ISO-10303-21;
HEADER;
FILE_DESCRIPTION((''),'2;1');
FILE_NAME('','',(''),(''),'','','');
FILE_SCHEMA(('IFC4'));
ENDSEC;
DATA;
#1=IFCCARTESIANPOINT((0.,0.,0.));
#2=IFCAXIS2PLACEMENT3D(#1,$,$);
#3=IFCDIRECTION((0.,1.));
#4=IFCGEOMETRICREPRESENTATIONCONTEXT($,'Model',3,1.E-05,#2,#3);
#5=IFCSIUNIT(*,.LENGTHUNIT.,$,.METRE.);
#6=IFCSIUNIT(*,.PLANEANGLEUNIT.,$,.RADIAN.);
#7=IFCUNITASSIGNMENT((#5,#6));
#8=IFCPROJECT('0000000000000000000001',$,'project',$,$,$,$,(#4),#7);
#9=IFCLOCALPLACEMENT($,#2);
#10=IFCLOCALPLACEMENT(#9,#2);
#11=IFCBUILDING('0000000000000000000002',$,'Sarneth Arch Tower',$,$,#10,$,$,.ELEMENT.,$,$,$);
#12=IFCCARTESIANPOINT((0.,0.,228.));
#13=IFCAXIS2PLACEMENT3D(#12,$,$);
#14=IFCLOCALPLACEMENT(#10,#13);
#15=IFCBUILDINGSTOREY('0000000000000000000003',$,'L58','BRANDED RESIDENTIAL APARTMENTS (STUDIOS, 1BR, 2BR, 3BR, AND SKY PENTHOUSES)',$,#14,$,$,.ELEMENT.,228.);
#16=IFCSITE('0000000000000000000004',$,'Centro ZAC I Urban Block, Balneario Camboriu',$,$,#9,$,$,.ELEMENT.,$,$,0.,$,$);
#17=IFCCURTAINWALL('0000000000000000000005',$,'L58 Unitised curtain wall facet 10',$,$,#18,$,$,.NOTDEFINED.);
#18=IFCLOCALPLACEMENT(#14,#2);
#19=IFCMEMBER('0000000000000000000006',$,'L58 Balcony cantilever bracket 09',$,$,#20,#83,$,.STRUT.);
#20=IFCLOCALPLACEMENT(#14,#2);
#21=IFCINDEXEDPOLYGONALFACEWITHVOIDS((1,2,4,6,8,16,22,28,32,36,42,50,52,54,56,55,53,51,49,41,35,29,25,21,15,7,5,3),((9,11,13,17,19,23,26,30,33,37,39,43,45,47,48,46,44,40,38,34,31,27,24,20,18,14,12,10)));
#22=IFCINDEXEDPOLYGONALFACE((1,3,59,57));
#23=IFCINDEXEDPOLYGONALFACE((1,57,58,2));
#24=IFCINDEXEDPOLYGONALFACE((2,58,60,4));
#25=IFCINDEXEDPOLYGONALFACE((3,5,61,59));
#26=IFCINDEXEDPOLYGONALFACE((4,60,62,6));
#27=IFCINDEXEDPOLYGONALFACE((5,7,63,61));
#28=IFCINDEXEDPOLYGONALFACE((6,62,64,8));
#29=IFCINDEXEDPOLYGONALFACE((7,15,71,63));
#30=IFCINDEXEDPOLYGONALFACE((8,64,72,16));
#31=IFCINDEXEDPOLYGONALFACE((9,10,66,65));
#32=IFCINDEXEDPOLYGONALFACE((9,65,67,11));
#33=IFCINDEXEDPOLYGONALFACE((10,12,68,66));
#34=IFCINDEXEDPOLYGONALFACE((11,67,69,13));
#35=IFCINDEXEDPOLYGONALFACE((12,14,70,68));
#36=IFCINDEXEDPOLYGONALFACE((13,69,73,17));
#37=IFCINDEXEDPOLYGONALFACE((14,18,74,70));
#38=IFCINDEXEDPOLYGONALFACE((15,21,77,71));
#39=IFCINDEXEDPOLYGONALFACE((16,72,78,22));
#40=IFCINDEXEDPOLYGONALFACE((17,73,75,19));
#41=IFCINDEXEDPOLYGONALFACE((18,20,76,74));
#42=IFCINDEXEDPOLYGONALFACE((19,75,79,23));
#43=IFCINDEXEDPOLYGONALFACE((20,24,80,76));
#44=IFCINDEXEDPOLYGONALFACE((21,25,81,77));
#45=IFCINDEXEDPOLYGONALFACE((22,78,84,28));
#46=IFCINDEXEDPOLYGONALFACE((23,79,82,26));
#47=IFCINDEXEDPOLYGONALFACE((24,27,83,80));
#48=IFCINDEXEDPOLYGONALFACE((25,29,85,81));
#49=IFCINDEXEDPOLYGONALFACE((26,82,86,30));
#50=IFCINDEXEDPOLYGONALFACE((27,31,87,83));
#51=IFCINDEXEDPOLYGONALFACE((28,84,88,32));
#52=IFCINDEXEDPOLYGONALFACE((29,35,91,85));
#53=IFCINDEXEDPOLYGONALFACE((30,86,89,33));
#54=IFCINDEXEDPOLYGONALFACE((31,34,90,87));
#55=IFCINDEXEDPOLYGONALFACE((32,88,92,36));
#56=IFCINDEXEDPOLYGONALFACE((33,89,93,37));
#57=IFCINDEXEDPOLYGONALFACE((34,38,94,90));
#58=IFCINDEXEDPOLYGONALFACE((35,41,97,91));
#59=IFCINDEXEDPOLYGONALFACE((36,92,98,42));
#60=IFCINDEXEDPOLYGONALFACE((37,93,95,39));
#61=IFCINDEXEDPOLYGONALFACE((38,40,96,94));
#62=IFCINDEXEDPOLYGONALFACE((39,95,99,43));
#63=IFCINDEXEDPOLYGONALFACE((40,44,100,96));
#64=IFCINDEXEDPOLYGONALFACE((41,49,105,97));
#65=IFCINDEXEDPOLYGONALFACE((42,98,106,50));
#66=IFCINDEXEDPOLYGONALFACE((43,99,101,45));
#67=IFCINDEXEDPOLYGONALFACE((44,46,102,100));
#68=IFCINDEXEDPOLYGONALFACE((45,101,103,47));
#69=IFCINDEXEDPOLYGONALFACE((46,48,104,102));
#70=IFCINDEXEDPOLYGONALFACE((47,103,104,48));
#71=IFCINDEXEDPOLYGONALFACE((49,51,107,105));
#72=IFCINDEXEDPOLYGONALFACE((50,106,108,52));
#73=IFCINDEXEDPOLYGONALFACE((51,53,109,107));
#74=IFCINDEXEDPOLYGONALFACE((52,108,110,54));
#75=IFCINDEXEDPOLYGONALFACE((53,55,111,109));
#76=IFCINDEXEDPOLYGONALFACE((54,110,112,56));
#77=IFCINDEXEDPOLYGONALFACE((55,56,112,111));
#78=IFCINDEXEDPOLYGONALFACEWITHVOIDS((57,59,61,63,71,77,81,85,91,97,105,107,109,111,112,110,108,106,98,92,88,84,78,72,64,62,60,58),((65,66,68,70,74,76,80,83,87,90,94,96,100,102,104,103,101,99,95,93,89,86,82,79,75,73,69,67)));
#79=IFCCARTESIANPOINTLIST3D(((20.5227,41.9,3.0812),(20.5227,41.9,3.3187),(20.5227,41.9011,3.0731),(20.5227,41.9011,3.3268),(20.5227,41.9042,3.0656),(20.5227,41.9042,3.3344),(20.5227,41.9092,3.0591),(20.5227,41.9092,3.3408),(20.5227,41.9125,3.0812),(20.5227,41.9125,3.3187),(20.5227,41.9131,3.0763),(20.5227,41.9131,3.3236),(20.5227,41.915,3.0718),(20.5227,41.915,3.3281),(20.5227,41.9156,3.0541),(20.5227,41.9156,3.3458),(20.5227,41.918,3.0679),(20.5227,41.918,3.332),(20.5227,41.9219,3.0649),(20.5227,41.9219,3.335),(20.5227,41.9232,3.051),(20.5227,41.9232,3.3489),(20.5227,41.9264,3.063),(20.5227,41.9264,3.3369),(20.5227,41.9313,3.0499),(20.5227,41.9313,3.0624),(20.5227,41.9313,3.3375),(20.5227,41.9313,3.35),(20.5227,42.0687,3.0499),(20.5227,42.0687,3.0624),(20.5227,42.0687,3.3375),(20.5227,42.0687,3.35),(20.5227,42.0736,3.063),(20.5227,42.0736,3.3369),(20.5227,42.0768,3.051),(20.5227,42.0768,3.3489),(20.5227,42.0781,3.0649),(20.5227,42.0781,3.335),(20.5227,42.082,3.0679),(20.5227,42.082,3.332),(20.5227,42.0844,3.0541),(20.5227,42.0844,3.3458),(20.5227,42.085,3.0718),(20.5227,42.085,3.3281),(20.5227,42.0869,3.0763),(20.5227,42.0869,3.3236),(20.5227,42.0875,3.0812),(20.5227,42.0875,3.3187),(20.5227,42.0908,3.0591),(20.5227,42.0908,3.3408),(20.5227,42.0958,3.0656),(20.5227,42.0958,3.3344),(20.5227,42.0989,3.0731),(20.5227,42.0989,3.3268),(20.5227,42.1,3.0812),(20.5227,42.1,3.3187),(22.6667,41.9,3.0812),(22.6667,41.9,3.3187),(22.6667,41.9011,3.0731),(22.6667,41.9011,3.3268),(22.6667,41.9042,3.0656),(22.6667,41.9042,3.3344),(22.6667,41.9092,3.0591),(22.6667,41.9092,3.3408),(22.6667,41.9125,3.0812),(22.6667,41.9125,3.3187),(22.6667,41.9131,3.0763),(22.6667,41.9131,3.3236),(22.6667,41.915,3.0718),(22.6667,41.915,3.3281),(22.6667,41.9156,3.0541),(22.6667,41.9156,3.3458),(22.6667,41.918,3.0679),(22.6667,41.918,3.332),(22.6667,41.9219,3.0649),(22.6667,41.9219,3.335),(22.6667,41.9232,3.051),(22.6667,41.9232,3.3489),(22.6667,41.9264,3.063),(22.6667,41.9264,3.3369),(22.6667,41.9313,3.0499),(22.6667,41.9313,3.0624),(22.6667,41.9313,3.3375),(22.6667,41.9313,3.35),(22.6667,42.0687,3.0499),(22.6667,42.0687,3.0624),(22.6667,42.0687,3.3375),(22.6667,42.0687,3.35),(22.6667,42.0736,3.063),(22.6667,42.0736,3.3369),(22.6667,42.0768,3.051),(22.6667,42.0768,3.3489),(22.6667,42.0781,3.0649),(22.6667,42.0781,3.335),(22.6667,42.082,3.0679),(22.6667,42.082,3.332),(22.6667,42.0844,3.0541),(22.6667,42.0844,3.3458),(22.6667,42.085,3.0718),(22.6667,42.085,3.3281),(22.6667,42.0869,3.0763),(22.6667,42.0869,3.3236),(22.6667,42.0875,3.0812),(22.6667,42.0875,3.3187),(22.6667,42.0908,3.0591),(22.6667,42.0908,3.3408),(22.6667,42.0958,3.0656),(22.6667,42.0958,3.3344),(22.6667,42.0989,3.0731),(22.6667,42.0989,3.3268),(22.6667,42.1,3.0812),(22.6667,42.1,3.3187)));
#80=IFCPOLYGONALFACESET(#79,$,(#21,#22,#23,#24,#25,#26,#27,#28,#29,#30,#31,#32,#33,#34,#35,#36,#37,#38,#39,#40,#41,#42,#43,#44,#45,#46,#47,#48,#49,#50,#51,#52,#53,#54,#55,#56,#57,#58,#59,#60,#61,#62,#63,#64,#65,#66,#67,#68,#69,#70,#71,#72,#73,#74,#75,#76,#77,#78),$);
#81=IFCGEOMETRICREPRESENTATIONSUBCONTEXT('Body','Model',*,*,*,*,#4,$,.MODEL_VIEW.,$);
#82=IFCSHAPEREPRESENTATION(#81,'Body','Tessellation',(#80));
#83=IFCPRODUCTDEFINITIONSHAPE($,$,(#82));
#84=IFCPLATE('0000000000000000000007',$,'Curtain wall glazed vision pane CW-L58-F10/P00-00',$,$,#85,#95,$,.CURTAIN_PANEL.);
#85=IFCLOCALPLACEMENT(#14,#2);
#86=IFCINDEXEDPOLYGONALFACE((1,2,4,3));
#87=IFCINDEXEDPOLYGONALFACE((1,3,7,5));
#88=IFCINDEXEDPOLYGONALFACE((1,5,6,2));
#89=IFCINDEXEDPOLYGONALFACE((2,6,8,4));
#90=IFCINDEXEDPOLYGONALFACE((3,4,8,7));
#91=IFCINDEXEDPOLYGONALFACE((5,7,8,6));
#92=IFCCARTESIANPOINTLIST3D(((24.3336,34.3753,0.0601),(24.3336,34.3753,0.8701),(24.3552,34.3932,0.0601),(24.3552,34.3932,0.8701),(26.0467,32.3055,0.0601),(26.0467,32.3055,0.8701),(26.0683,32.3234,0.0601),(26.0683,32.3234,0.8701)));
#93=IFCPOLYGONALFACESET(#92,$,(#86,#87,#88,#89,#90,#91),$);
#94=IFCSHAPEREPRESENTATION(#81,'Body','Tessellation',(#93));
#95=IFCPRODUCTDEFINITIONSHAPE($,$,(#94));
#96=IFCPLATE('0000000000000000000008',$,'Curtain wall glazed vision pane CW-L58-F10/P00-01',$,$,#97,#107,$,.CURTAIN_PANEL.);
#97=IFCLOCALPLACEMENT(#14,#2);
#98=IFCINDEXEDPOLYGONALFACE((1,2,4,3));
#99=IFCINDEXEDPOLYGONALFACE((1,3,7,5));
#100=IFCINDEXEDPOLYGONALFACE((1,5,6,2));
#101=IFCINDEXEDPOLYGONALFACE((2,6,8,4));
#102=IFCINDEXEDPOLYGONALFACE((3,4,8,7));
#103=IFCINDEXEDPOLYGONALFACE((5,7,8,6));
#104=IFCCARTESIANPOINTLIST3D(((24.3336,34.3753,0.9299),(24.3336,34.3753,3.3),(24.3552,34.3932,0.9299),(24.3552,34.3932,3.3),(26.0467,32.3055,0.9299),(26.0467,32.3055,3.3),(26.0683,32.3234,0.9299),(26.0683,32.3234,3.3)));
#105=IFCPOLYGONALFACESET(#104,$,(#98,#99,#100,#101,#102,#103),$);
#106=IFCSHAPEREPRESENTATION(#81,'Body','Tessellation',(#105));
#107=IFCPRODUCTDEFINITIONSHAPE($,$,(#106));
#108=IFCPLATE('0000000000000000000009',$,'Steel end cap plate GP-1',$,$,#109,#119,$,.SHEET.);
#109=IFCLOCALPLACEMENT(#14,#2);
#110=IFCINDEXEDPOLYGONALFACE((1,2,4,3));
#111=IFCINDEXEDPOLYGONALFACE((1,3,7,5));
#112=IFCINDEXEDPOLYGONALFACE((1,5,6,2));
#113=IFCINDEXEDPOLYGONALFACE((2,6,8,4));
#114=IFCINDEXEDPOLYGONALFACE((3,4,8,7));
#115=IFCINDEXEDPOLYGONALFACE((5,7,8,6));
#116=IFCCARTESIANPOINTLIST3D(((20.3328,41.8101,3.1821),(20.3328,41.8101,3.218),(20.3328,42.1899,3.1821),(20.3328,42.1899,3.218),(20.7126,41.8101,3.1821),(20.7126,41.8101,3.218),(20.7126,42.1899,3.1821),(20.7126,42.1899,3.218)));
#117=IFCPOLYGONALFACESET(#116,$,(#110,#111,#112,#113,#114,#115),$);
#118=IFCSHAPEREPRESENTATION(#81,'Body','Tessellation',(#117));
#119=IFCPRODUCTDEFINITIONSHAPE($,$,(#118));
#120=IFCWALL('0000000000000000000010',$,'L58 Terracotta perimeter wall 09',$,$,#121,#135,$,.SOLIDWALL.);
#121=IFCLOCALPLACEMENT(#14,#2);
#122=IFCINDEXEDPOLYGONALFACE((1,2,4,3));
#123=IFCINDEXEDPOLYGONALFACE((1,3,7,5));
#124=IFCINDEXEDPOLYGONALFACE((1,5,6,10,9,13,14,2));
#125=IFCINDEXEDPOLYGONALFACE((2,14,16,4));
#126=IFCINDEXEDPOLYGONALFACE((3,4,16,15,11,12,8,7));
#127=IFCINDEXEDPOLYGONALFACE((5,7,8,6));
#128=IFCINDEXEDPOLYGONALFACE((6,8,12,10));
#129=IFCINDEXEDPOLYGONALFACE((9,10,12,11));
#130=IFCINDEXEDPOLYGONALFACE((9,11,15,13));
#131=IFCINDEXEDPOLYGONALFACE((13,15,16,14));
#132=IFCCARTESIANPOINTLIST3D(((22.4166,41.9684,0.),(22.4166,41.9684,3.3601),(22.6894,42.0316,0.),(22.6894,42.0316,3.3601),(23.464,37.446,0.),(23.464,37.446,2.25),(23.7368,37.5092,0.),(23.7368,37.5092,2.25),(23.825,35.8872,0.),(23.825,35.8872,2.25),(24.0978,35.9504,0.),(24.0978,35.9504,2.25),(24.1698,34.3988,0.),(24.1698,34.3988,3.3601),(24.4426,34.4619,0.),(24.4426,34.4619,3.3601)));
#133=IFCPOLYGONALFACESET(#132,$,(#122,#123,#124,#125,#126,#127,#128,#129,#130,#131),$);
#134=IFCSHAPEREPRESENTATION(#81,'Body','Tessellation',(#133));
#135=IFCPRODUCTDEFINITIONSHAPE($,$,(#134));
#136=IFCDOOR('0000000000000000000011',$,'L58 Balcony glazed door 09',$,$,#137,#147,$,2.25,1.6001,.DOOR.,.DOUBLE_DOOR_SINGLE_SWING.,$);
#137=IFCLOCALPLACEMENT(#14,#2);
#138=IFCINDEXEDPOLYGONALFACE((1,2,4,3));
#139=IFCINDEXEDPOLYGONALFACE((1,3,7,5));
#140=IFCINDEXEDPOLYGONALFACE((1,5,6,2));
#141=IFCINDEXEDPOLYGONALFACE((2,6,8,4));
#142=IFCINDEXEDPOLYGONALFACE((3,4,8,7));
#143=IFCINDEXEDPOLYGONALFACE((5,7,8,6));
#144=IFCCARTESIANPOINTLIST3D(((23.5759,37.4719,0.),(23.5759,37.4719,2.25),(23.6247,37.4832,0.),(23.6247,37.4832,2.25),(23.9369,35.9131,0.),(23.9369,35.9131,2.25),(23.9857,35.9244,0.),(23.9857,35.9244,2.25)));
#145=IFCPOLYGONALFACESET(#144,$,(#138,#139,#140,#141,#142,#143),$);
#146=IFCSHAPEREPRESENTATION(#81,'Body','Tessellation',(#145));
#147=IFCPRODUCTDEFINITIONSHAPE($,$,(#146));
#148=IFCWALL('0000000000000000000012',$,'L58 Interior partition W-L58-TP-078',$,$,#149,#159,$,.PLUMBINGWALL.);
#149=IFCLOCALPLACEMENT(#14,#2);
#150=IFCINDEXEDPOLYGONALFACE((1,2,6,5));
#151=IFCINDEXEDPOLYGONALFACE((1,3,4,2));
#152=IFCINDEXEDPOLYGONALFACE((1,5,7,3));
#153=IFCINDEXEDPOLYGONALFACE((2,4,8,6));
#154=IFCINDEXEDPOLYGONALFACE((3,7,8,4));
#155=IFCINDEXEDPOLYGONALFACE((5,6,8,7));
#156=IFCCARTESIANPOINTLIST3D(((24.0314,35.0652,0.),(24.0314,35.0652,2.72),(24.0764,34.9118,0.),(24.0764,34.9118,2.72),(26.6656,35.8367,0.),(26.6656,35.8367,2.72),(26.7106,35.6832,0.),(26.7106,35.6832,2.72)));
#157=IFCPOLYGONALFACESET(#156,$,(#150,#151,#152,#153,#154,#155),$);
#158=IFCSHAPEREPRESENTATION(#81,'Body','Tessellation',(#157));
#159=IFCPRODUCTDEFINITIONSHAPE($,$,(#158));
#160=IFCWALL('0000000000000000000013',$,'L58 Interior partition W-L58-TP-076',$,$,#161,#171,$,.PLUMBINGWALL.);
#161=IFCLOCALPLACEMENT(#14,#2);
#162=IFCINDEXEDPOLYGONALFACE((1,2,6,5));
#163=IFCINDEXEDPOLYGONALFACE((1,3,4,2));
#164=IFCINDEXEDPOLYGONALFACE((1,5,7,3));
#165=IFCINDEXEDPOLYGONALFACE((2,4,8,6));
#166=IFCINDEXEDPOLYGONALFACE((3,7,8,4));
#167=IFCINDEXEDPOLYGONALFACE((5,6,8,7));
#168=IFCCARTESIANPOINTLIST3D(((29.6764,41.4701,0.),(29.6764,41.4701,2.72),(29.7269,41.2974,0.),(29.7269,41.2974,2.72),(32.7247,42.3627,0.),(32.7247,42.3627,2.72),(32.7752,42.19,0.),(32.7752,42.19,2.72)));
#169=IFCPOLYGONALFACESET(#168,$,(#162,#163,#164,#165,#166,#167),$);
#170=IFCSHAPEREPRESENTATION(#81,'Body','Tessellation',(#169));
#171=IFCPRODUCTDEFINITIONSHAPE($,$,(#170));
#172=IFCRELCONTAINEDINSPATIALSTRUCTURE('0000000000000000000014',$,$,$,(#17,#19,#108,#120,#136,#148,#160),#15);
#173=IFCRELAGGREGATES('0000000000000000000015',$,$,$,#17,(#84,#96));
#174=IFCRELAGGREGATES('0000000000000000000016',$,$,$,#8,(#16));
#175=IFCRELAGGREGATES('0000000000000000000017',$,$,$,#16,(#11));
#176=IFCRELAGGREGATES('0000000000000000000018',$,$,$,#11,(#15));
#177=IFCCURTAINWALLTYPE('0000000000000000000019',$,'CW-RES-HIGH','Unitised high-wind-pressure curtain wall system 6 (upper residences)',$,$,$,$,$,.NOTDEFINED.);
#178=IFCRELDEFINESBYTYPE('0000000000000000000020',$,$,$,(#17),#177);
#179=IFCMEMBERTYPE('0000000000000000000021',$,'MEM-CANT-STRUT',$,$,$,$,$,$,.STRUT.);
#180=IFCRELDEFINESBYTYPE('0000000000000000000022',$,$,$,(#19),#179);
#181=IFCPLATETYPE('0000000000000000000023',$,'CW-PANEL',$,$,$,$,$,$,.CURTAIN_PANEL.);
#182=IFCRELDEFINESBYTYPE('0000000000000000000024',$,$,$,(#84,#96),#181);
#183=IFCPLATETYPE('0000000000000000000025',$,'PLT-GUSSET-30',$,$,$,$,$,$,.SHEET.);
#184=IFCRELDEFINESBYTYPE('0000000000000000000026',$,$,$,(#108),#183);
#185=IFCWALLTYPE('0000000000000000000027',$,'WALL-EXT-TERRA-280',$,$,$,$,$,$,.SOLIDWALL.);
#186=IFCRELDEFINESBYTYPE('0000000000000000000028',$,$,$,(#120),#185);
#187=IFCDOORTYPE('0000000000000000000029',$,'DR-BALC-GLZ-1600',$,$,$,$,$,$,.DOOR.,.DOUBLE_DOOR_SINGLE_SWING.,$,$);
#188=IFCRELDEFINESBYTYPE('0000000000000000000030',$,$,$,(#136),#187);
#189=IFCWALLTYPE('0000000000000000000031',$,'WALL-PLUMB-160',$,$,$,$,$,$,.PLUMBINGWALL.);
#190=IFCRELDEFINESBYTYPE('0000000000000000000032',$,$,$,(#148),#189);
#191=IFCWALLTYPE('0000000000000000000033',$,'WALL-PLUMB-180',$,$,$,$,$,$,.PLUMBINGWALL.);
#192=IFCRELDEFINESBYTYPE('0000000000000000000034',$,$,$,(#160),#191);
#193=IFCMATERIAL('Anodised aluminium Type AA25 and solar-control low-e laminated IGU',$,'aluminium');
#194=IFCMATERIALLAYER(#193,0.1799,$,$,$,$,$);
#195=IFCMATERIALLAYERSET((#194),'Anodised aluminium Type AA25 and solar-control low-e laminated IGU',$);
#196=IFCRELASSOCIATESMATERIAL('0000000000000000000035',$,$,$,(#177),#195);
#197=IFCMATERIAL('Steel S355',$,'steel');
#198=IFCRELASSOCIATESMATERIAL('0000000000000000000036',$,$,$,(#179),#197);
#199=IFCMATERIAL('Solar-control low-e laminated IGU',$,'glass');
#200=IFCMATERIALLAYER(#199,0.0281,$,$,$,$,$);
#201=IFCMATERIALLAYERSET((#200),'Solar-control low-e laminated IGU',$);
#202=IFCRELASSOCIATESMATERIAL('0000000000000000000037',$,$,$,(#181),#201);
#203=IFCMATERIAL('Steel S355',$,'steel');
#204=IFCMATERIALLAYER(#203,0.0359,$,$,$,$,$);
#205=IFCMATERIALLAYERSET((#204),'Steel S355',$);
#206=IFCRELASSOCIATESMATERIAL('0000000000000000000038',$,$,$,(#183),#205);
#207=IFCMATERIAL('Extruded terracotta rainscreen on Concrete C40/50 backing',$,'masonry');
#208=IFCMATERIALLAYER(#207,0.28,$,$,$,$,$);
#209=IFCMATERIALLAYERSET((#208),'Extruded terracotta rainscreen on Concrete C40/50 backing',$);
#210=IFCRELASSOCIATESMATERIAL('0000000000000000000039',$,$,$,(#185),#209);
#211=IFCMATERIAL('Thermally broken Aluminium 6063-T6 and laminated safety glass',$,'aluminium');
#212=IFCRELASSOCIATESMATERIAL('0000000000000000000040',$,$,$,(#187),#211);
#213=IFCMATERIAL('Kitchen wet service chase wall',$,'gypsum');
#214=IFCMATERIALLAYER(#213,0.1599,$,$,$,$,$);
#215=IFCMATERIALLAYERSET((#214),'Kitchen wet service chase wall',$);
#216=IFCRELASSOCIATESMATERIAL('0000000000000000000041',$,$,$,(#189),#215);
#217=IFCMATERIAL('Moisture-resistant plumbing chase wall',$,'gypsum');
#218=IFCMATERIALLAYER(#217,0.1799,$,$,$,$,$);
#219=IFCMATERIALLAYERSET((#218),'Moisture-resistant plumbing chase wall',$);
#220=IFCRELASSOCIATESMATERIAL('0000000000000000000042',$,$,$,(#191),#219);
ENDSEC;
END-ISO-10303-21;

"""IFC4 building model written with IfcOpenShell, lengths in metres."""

from ifc_helpers import new_model, si_unit, direction, frame, frame_2d, origin, origin_2d, place, context, subcontext, project, spatial, rectangle, hollow_rectangle, extrude, material, layer, layer_set, material_profile, profile_set, type_object, element, fill, aggregate, save


model = new_model("IFC4")

# Units and contexts
model_context = context("Model", 3, precision=1e-05, world=origin(), true_north=direction((0.0, 1.0)))
body_context = subcontext(model_context, "Body", "Model", "MODEL_VIEW")
ifc_project = project(units=[si_unit("LENGTHUNIT", "METRE"), si_unit("PLANEANGLEUNIT", "RADIAN")], contexts=[model_context])

# Site, building, storey
site_placement = place(None, origin())
site = spatial("IfcSite", under=ifc_project, at=site_placement, Name="Centro ZAC I Urban Block, Balneario Camboriu", CompositionType="ELEMENT", RefElevation=0.0)
building_placement = place(site_placement, origin())
building = spatial("IfcBuilding", under=site, at=building_placement, Name="Sarneth Arch Tower", CompositionType="ELEMENT")
storey_placement = place(building_placement, frame((0.0, 0.0, 228.0)))
storey = spatial("IfcBuildingStorey", under=building, at=storey_placement, Name="L58", Description="BRANDED RESIDENTIAL APARTMENTS (STUDIOS, 1BR, 2BR, 3BR, AND SKY PENTHOUSES)", CompositionType="ELEMENT", Elevation=228.0)

# Curtain wall
ifc_material_1 = material(Name="Anodised aluminium Type AA25 and solar-control low-e laminated IGU", Category="aluminium")
ifc_layer_1 = layer(ifc_material_1, 0.1799)
ifc_layer_set_1 = layer_set([ifc_layer_1], Name="Anodised aluminium Type AA25 and solar-control low-e laminated IGU")
curtain_wall_type = type_object("IfcCurtainWallType", Name="CW-RES-HIGH", Description="Unitised high-wind-pressure curtain wall system 6 (upper residences)", PredefinedType="NOTDEFINED", material=ifc_layer_set_1)
curtain_wall_placement = place(storey_placement, origin())
curtain_wall = element("IfcCurtainWall", 1, at=curtain_wall_placement, inside=storey, type_object=curtain_wall_type, Name="L58 Unitised curtain wall facet 10", PredefinedType="NOTDEFINED")

# Member
ifc_material_2 = material(Name="Steel S355", Category="steel")
ifc_material_profile_1 = material_profile(ifc_material_2, hollow_rectangle(XDim=0.2, YDim=0.3, WallThickness=0.0125, InnerFilletRadius=0.0188, OuterFilletRadius=0.0312, at=origin_2d()), Name="RHS300x200x12.5")
ifc_profile_set_1 = profile_set([ifc_material_profile_1], Name="Steel S355")
member_type_1 = type_object("IfcMemberType", Name="MEM-CANT-STRUT", PredefinedType="STRUT", material=ifc_profile_set_1)
member_1_placement = place(storey_placement, frame((22.6667, 42.0, 3.2), z_axis=(-1.0, 0.0, 0.0), x_axis=(0.0, -1.0, 0.0)))
element("IfcMember", 2, at=member_1_placement, inside=storey, type_object=member_type_1, Name="L58 Balcony cantilever bracket 09", PredefinedType="STRUT", context=body_context, shape_type="SweptSolid", body=[
    extrude(hollow_rectangle(XDim=0.2, YDim=0.3, WallThickness=0.0125, InnerFilletRadius=0.0188, OuterFilletRadius=0.0312, at=origin_2d()), origin(), (0.0, 0.0, 1.0), 2.144),
])

# Plates
ifc_material_3 = material(Name="Solar-control low-e laminated IGU", Category="glass")
ifc_layer_2 = layer(ifc_material_3, 0.0281)
ifc_layer_set_2 = layer_set([ifc_layer_2], Name="Solar-control low-e laminated IGU")
plate_type_1 = type_object("IfcPlateType", Name="CW-PANEL", PredefinedType="CURTAIN_PANEL", material=ifc_layer_set_2)
plate_1_placement = place(storey_placement, frame((25.2009, 33.3494, 0.0601), z_axis=(0.0, 0.0, 1.0), x_axis=(0.63761, -0.770359, 0.0)))
plate_1 = element("IfcPlate", 3, at=plate_1_placement, type_object=plate_type_1, Name="Curtain wall glazed vision pane CW-L58-F10/P00-00", PredefinedType="CURTAIN_PANEL", context=body_context, shape_type="SweptSolid", body=[
    extrude(rectangle(XDim=2.6868, YDim=0.0281, at=origin_2d()), origin(), (0.0, 0.0, 1.0), 0.8101),
])
plate_2_placement = place(storey_placement, frame((25.2009, 33.3494, 0.9299), z_axis=(0.0, 0.0, 1.0), x_axis=(0.63761, -0.770359, 0.0)))
plate_2 = element("IfcPlate", 4, at=plate_2_placement, type_object=plate_type_1, Name="Curtain wall glazed vision pane CW-L58-F10/P00-01", PredefinedType="CURTAIN_PANEL", context=body_context, shape_type="SweptSolid", body=[
    extrude(rectangle(XDim=2.6868, YDim=0.0281, at=origin_2d()), origin(), (0.0, 0.0, 1.0), 2.3701),
])
aggregate(curtain_wall, [plate_1, plate_2])
ifc_material_4 = material(Name="Steel S355", Category="steel")
ifc_layer_3 = layer(ifc_material_4, 0.0359)
ifc_layer_set_3 = layer_set([ifc_layer_3], Name="Steel S355")
plate_type_2 = type_object("IfcPlateType", Name="PLT-GUSSET-30", PredefinedType="SHEET", material=ifc_layer_set_3)
plate_3_placement = place(storey_placement, frame((20.5227, 42.0, 3.1821), z_axis=(0.0, 0.0, 1.0), x_axis=(-1.0, 0.0, 0.0)))
element("IfcPlate", 5, at=plate_3_placement, inside=storey, type_object=plate_type_2, Name="Steel end cap plate GP-1", PredefinedType="SHEET", context=body_context, shape_type="SweptSolid", body=[
    extrude(rectangle(XDim=0.3799, YDim=0.3799, at=origin_2d()), origin(), (0.0, 0.0, 1.0), 0.0359),
])

# Wall, opening, door
ifc_material_5 = material(Name="Extruded terracotta rainscreen on Concrete C40/50 backing", Category="masonry")
ifc_layer_4 = layer(ifc_material_5, 0.28)
ifc_layer_set_4 = layer_set([ifc_layer_4], Name="Extruded terracotta rainscreen on Concrete C40/50 backing")
wall_type_1 = type_object("IfcWallType", Name="WALL-EXT-TERRA-280", PredefinedType="SOLIDWALL", material=ifc_layer_set_4)
wall_1_placement = place(storey_placement, frame((22.553, 42.0, 0.0), z_axis=(0.0, 0.0, 1.0), x_axis=(0.225635, -0.974212, 0.0)))
wall_1 = element("IfcWall", 6, at=wall_1_placement, inside=storey, type_object=wall_type_1, Name="L58 Terracotta perimeter wall 09", PredefinedType="SOLIDWALL", context=body_context, shape_type="SweptSolid", body=[
    extrude(rectangle(XDim=7.77, YDim=0.28, at=frame_2d((3.885, 0.0))), origin(), (0.0, 0.0, 1.0), 3.3601),
])
opening_placement = place(wall_1_placement, frame((4.6421, 0.0, 0.0)))
opening = element("IfcOpeningElement", 7, at=opening_placement, cuts=wall_1, PredefinedType="OPENING", context=body_context, shape_type="SweptSolid", body=[
    extrude(rectangle(XDim=1.6001, YDim=2.25, at=frame_2d((0.8, 1.125))), frame((0.0, 0.1499, 0.0), z_axis=(0.0, -1.0, 0.0), x_axis=(1.0, 0.0, 0.0)), (0.0, 0.0, 1.0), 0.3),
])
ifc_material_6 = material(Name="Thermally broken Aluminium 6063-T6 and laminated safety glass", Category="aluminium")
door_type = type_object("IfcDoorType", Name="DR-BALC-GLZ-1600", OperationType="DOUBLE_DOOR_SINGLE_SWING", PredefinedType="DOOR", material=ifc_material_6)
door_placement = place(opening_placement, origin())
door = element("IfcDoor", 8, at=door_placement, inside=storey, type_object=door_type, Name="L58 Balcony glazed door 09", OperationType="DOUBLE_DOOR_SINGLE_SWING", OverallHeight=2.25, OverallWidth=1.6001, PredefinedType="DOOR", context=body_context, shape_type="SweptSolid", body=[
    extrude(rectangle(XDim=1.6001, YDim=2.25, at=frame_2d((0.8, 1.125))), frame((0.0, 0.0249, 0.0), z_axis=(0.0, -1.0, 0.0), x_axis=(1.0, 0.0, 0.0)), (0.0, 0.0, 1.0), 0.05),
])
fill(opening, door)

# Walls
ifc_material_7 = material(Name="Kitchen wet service chase wall", Category="gypsum")
ifc_layer_5 = layer(ifc_material_7, 0.1599)
ifc_layer_set_5 = layer_set([ifc_layer_5], Name="Kitchen wet service chase wall")
wall_type_2 = type_object("IfcWallType", Name="WALL-PLUMB-160", PredefinedType="PLUMBINGWALL", material=ifc_layer_set_5)
wall_2_placement = place(storey_placement, frame((26.6882, 35.76, 0.0), z_axis=(0.0, 0.0, 1.0), x_axis=(-0.959691, -0.281059, 0.0)))
element("IfcWall", 9, at=wall_2_placement, inside=storey, type_object=wall_type_2, Name="L58 Interior partition W-L58-TP-078", PredefinedType="PLUMBINGWALL", context=body_context, shape_type="SweptSolid", body=[
    extrude(rectangle(XDim=2.7449, YDim=0.1599, at=frame_2d((1.3726, 0.0))), origin(), (0.0, 0.0, 1.0), 2.72),
])
ifc_material_8 = material(Name="Moisture-resistant plumbing chase wall", Category="gypsum")
ifc_layer_6 = layer(ifc_material_8, 0.1799)
ifc_layer_set_6 = layer_set([ifc_layer_6], Name="Moisture-resistant plumbing chase wall")
wall_type_3 = type_object("IfcWallType", Name="WALL-PLUMB-180", PredefinedType="PLUMBINGWALL", material=ifc_layer_set_6)
wall_3_placement = place(storey_placement, frame((29.7017, 41.3838, 0.0), z_axis=(0.0, 0.0, 1.0), x_axis=(0.959705, 0.281009, 0.0)))
element("IfcWall", 10, at=wall_3_placement, inside=storey, type_object=wall_type_3, Name="L58 Interior partition W-L58-TP-076", PredefinedType="PLUMBINGWALL", context=body_context, shape_type="SweptSolid", body=[
    extrude(rectangle(XDim=3.1763, YDim=0.1799, at=frame_2d((1.5881, 0.0))), origin(), (0.0, 0.0, 1.0), 2.72),
])

save(model, "model.ifc")
